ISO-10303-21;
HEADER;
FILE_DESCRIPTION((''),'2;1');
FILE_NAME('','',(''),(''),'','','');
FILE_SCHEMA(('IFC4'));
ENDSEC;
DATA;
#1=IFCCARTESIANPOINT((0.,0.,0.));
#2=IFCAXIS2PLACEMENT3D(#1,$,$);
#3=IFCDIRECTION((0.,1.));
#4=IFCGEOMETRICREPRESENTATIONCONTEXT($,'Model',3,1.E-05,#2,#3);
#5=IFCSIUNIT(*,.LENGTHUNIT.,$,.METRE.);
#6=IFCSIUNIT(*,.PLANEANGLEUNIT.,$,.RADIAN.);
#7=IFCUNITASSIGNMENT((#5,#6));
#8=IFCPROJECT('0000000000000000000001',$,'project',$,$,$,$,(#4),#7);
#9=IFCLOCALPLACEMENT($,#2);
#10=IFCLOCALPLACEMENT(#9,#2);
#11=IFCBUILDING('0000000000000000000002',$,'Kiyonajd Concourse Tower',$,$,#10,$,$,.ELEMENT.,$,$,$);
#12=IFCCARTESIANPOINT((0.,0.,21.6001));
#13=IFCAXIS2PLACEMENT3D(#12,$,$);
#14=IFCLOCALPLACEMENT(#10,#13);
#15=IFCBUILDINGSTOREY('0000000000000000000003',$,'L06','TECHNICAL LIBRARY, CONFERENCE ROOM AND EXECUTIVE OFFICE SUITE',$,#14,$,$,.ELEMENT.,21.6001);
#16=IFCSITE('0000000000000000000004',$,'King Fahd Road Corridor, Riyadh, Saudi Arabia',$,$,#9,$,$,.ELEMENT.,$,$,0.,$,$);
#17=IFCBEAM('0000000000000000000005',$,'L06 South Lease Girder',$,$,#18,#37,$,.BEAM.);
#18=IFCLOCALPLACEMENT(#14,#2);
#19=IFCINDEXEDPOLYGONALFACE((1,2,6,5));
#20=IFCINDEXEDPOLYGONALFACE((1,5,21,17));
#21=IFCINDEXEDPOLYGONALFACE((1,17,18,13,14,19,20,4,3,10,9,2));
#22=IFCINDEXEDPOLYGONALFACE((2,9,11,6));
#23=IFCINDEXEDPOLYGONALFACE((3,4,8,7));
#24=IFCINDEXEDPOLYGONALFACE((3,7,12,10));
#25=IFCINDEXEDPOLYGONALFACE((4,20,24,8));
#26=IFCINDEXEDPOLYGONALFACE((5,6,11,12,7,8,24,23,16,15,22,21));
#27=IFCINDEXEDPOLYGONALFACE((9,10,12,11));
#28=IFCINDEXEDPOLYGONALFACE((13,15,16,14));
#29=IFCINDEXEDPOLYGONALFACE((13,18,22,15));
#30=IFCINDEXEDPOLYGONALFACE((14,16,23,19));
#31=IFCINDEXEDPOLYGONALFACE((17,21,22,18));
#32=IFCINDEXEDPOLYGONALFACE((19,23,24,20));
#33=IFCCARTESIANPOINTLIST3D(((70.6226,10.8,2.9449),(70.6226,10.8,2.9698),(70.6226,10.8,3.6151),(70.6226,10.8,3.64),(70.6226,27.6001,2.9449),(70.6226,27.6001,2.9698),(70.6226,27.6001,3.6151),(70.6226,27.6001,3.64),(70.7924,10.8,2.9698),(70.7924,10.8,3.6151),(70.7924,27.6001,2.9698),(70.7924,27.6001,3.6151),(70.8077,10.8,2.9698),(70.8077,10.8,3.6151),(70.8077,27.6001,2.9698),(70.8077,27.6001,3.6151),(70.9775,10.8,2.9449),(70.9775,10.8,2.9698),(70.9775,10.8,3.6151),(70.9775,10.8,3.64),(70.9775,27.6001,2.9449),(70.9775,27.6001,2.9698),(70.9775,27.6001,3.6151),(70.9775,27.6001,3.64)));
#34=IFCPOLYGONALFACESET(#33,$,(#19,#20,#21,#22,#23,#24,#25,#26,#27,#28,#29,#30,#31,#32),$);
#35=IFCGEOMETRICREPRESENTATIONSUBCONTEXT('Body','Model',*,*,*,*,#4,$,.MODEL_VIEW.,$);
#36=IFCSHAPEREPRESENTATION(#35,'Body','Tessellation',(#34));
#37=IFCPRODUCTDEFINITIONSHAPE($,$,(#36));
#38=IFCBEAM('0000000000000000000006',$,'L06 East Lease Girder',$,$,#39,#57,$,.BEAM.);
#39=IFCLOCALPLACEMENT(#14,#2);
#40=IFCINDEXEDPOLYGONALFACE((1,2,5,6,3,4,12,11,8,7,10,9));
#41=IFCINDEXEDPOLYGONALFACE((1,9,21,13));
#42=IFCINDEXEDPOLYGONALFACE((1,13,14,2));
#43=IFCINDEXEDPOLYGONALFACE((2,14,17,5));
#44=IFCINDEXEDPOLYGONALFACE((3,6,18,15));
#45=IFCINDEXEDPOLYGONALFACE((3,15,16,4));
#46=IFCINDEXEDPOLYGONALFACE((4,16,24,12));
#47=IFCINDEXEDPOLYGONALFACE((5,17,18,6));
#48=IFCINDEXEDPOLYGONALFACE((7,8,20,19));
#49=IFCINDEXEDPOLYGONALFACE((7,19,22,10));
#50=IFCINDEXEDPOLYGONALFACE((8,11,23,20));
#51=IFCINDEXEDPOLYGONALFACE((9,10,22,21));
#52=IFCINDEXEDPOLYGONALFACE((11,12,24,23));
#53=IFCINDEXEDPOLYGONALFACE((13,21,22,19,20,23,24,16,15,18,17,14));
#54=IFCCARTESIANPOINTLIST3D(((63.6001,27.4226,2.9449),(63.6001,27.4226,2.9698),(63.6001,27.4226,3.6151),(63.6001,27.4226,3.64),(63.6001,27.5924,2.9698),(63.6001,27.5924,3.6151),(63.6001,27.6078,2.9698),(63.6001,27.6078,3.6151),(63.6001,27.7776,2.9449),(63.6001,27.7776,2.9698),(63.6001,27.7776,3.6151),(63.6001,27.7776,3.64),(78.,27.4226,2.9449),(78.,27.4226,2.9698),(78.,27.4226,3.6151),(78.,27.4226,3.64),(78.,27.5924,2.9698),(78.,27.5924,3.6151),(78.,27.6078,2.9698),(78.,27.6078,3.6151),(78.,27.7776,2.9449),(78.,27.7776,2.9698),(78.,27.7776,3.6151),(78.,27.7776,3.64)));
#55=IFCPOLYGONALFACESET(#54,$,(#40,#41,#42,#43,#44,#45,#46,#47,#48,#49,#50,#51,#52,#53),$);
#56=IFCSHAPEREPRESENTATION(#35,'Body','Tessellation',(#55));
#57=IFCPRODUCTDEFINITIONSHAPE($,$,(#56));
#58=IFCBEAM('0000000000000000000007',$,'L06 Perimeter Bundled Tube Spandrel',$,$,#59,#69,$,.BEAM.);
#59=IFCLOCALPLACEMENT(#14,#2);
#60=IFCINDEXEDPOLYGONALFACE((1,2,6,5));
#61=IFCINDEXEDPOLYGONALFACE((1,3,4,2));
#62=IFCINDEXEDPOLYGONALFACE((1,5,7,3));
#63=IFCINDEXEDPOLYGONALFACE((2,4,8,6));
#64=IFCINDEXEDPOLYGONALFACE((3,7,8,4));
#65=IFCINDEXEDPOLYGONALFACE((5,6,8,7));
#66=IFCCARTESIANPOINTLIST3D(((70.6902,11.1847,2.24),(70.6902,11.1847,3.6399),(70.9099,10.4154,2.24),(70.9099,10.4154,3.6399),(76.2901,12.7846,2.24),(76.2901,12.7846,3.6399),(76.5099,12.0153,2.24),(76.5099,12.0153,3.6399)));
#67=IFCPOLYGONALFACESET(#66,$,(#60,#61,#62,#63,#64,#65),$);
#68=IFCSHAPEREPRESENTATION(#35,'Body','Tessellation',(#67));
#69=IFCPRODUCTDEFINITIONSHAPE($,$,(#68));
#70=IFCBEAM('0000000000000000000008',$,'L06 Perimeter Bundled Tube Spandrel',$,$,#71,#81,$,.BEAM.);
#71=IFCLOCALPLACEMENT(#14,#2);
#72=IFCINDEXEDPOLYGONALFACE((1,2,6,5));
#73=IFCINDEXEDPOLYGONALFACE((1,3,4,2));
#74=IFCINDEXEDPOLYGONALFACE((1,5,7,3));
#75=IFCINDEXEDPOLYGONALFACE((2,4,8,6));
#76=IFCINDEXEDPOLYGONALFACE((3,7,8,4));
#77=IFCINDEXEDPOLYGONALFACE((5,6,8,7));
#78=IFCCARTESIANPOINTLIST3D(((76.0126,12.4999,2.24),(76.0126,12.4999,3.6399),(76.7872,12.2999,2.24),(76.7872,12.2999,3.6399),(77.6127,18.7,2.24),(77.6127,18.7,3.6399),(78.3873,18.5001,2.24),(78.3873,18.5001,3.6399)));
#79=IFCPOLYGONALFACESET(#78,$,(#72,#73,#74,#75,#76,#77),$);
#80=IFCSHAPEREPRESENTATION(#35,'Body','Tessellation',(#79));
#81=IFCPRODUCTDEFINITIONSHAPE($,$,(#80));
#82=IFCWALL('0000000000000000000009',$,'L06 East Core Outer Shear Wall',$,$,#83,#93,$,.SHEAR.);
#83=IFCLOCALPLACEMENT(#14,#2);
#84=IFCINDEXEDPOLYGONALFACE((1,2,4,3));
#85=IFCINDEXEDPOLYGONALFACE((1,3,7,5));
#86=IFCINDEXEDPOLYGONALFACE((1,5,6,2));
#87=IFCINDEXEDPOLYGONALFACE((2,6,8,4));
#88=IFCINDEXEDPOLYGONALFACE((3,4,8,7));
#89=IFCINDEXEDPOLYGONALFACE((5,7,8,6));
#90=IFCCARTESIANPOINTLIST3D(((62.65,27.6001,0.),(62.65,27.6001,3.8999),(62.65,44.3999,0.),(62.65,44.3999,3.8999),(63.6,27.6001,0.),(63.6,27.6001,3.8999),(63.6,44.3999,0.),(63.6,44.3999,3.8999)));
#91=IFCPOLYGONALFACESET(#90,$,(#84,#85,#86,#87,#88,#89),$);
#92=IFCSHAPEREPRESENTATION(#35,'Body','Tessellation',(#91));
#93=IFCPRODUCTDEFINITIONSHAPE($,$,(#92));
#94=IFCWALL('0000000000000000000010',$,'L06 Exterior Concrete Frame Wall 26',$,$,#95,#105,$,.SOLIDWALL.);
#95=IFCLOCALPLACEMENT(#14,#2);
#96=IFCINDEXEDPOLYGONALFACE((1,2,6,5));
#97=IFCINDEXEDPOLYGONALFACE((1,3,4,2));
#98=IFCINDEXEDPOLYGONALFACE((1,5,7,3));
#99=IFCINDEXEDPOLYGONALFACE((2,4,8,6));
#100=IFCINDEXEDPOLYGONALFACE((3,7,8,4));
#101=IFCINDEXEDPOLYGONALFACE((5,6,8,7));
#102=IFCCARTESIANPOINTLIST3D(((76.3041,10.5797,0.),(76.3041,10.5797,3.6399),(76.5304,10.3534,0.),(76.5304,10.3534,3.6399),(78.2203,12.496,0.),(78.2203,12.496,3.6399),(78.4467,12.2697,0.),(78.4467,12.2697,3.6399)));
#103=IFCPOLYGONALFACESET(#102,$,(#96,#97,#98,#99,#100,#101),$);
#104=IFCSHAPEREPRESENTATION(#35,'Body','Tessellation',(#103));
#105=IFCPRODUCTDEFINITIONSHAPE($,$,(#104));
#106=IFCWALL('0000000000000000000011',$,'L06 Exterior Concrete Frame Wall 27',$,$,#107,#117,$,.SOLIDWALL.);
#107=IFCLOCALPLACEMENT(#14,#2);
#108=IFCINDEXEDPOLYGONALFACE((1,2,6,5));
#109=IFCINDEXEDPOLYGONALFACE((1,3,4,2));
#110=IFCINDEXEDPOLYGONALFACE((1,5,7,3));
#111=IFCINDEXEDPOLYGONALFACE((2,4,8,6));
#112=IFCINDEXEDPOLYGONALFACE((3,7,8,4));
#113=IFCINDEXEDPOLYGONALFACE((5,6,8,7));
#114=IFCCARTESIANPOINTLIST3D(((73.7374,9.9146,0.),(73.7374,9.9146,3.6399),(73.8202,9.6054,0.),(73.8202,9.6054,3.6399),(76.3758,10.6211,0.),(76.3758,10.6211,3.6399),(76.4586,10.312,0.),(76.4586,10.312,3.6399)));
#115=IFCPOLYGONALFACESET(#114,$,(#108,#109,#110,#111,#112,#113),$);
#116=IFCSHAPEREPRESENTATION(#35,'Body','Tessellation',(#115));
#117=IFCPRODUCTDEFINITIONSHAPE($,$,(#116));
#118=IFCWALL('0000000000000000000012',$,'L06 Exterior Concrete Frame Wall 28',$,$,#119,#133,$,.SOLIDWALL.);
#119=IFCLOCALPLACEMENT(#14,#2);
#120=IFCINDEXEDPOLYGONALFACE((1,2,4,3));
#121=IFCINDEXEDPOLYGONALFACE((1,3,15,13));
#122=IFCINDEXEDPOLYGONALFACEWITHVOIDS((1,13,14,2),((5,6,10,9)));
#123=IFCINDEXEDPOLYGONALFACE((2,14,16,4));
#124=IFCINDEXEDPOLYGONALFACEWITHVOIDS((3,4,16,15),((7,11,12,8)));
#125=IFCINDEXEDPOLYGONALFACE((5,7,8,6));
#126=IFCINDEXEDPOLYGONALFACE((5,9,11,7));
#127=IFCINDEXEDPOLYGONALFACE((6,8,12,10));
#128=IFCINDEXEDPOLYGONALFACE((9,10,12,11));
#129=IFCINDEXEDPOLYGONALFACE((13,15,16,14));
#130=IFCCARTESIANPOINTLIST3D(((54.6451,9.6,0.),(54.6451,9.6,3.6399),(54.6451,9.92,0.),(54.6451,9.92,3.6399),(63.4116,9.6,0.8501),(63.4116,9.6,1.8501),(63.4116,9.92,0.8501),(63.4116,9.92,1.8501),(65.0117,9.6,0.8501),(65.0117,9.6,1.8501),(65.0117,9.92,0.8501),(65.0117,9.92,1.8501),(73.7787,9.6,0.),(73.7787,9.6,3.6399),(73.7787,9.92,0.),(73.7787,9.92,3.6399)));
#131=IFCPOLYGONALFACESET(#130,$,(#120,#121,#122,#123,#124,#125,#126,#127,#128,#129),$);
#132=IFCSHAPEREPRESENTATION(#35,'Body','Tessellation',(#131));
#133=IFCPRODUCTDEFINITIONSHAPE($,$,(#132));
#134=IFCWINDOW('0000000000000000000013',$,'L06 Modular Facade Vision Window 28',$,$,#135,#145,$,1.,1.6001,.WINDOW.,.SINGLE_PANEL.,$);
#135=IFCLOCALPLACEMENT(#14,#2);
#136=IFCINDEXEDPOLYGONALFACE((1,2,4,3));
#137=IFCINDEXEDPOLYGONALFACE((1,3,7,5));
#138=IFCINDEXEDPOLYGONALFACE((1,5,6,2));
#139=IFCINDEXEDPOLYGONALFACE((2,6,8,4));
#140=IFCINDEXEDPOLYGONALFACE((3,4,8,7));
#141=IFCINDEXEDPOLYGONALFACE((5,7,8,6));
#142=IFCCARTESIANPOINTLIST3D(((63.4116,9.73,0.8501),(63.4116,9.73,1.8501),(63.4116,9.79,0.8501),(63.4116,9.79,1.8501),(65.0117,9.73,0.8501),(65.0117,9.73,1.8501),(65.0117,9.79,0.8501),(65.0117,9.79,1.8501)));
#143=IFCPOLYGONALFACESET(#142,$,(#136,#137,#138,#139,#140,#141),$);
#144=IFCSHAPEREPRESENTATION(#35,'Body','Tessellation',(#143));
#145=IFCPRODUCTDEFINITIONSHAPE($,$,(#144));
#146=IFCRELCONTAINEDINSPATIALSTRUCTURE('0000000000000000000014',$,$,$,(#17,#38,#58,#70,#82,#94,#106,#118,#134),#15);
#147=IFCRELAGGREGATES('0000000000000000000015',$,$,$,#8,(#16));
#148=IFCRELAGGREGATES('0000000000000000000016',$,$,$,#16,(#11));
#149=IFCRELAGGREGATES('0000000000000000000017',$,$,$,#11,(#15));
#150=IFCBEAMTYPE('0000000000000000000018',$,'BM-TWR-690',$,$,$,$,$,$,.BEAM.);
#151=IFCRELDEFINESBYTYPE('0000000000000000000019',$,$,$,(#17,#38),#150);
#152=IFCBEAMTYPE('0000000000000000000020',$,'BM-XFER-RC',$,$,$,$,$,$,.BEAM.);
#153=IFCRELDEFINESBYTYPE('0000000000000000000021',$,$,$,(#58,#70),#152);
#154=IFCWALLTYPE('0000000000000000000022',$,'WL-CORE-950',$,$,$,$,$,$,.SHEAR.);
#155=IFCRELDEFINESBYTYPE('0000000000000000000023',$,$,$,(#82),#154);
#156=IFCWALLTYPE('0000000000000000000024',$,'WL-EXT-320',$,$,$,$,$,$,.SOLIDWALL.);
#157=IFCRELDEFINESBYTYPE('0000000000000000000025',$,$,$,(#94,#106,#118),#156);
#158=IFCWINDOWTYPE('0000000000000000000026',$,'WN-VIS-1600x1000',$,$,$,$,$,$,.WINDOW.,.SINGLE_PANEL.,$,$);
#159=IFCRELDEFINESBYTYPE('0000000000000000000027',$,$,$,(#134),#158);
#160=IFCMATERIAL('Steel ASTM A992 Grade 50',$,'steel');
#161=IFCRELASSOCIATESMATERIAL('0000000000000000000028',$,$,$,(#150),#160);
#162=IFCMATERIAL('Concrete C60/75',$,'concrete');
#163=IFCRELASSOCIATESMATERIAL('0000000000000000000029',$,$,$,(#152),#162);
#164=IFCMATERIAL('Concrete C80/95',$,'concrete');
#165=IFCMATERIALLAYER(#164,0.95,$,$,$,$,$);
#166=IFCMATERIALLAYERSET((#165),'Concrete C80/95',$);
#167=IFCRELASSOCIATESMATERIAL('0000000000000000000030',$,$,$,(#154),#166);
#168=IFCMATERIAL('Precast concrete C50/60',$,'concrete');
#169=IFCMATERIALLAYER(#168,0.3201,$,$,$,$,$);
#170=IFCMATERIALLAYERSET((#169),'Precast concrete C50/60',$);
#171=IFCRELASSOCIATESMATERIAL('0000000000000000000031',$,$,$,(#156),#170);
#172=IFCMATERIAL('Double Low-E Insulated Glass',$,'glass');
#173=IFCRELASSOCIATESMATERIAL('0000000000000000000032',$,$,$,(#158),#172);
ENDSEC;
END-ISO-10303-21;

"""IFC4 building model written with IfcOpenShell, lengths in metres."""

from ifc_helpers import new_model, si_unit, direction, frame, frame_2d, origin, origin_2d, place, context, subcontext, project, spatial, rectangle, i_section, extrude, material, layer, layer_set, material_profile, profile_set, type_object, element, fill, save


model = new_model("IFC4")

# Units and contexts
model_context = context("Model", 3, precision=1e-05, world=origin(), true_north=direction((0.0, 1.0)))
body_context = subcontext(model_context, "Body", "Model", "MODEL_VIEW")
ifc_project = project(units=[si_unit("LENGTHUNIT", "METRE"), si_unit("PLANEANGLEUNIT", "RADIAN")], contexts=[model_context])

# Site, building, storey
site_placement = place(None, origin())
site = spatial("IfcSite", under=ifc_project, at=site_placement, Name="King Fahd Road Corridor, Riyadh, Saudi Arabia", CompositionType="ELEMENT", RefElevation=0.0)
building_placement = place(site_placement, origin())
building = spatial("IfcBuilding", under=site, at=building_placement, Name="Kiyonajd Concourse Tower", CompositionType="ELEMENT")
storey_placement = place(building_placement, frame((0.0, 0.0, 21.6001)))
storey = spatial("IfcBuildingStorey", under=building, at=storey_placement, Name="L06", Description="TECHNICAL LIBRARY, CONFERENCE ROOM AND EXECUTIVE OFFICE SUITE", CompositionType="ELEMENT", Elevation=21.6001)

# Shared definitions
ifc_material_1 = material(Name="Concrete C80/95", Category="concrete")

# Beams
ifc_material_2 = material(Name="Steel ASTM A992 Grade 50", Category="steel")
ifc_material_3 = material(Name="Precast concrete C50/60", Category="concrete")
ifc_material_profile_1 = material_profile(ifc_material_2, i_section(OverallWidth=0.355, OverallDepth=0.6951, WebThickness=0.0154, FlangeThickness=0.0249, at=origin_2d()), Name="W690X217")
ifc_profile_set_1 = profile_set([ifc_material_profile_1], Name="Steel ASTM A992 Grade 50")
beam_type_1 = type_object("IfcBeamType", Name="BM-TWR-690", PredefinedType="BEAM", material=ifc_profile_set_1)
for number, where, z_axis, x_axis, name in (
    (1, (70.8, 10.8, 3.2925), (0.0, 1.0, 0.0), (-1.0, 0.0, 0.0), "L06 South Lease Girder"),
):
    element("IfcBeam", number, at=place(storey_placement, frame(where, z_axis=z_axis, x_axis=x_axis)), inside=storey, type_object=beam_type_1, Name=name, PredefinedType="BEAM", context=body_context, shape_type="SweptSolid", body=[
        extrude(i_section(OverallWidth=0.355, OverallDepth=0.6951, WebThickness=0.0154, FlangeThickness=0.0249, at=origin_2d()), origin(), (0.0, 0.0, 1.0), 16.8),
    ])
beam_1_placement = place(storey_placement, frame((63.6001, 27.6001, 3.2925), z_axis=(1.0, 0.0, 0.0), x_axis=(0.0, 1.0, 0.0)))
element("IfcBeam", 2, at=beam_1_placement, inside=storey, type_object=beam_type_1, Name="L06 East Lease Girder", PredefinedType="BEAM", context=body_context, shape_type="SweptSolid", body=[
    extrude(i_section(OverallWidth=0.355, OverallDepth=0.6951, WebThickness=0.0154, FlangeThickness=0.0249, at=origin_2d()), origin(), (0.0, 0.0, 1.0), 14.3999),
])
ifc_material_4 = material(Name="Concrete C60/75", Category="concrete")
ifc_material_profile_2 = material_profile(ifc_material_4, rectangle(XDim=0.8, YDim=1.3999, at=origin_2d()), Name="RCBM-800x1400")
ifc_profile_set_2 = profile_set([ifc_material_profile_2], Name="Concrete C60/75")
beam_type_2 = type_object("IfcBeamType", Name="BM-XFER-RC", PredefinedType="BEAM", material=ifc_profile_set_2)
beam_2_placement = place(storey_placement, frame((70.8, 10.8, 2.9399), z_axis=(0.961529, 0.274705, 0.0), x_axis=(-0.274705, 0.961529, 0.0)))
element("IfcBeam", 3, at=beam_2_placement, inside=storey, type_object=beam_type_2, Name="L06 Perimeter Bundled Tube Spandrel", PredefinedType="BEAM", context=body_context, shape_type="SweptSolid", body=[
    extrude(rectangle(XDim=0.8, YDim=1.3999, at=origin_2d()), origin(), (0.0, 0.0, 1.0), 5.824),
])
beam_3_placement = place(storey_placement, frame((76.3999, 12.3999, 2.9399), z_axis=(0.249885, 0.968276, 0.0), x_axis=(-0.968276, 0.249885, 0.0)))
element("IfcBeam", 4, at=beam_3_placement, inside=storey, type_object=beam_type_2, Name="L06 Perimeter Bundled Tube Spandrel", PredefinedType="BEAM", context=body_context, shape_type="SweptSolid", body=[
    extrude(rectangle(XDim=0.8, YDim=1.3999, at=origin_2d()), origin(), (0.0, 0.0, 1.0), 6.4033),
])

# Walls
ifc_layer_1 = layer(ifc_material_1, 0.95)
ifc_layer_set_1 = layer_set([ifc_layer_1], Name="Concrete C80/95")
wall_type_1 = type_object("IfcWallType", Name="WL-CORE-950", PredefinedType="SHEAR", material=ifc_layer_set_1)
wall_1_placement = place(storey_placement, frame((63.125, 27.6001, 0.0), z_axis=(0.0, 0.0, 1.0), x_axis=(0.0, 1.0, 0.0)))
element("IfcWall", 5, at=wall_1_placement, inside=storey, type_object=wall_type_1, Name="L06 East Core Outer Shear Wall", PredefinedType="SHEAR", context=body_context, shape_type="SweptSolid", body=[
    extrude(rectangle(XDim=16.7998, YDim=0.95, at=frame_2d((8.3999, 0.0))), origin(), (0.0, 0.0, 1.0), 3.8999),
])
ifc_layer_2 = layer(ifc_material_3, 0.3201)
ifc_layer_set_2 = layer_set([ifc_layer_2], Name="Precast concrete C50/60")
wall_type_2 = type_object("IfcWallType", Name="WL-EXT-320", PredefinedType="SOLIDWALL", material=ifc_layer_set_2)
wall_2_placement = place(storey_placement, frame((78.3335, 12.3828, 0.0), z_axis=(0.0, 0.0, 1.0), x_axis=(-0.707107, -0.707107, 0.0)))
element("IfcWall", 6, at=wall_2_placement, inside=storey, type_object=wall_type_2, Name="L06 Exterior Concrete Frame Wall 26", PredefinedType="SOLIDWALL", context=body_context, shape_type="SweptSolid", body=[
    extrude(rectangle(XDim=2.71, YDim=0.3201, at=frame_2d((1.355, 0.0))), origin(), (0.0, 0.0, 1.0), 3.6399),
])
wall_3_placement = place(storey_placement, frame((76.4172, 10.4666, 0.0), z_axis=(0.0, 0.0, 1.0), x_axis=(-0.965964, -0.258675, 0.0)))
element("IfcWall", 7, at=wall_3_placement, inside=storey, type_object=wall_type_2, Name="L06 Exterior Concrete Frame Wall 27", PredefinedType="SOLIDWALL", context=body_context, shape_type="SweptSolid", body=[
    extrude(rectangle(XDim=2.7314, YDim=0.3201, at=frame_2d((1.3657, 0.0))), origin(), (0.0, 0.0, 1.0), 3.6399),
])

# Wall, opening, window
wall_4_placement = place(storey_placement, frame((73.7788, 9.76, 0.0), z_axis=(0.0, 0.0, 1.0), x_axis=(-1.0, 0.0, 0.0)))
wall_4 = element("IfcWall", 8, at=wall_4_placement, inside=storey, type_object=wall_type_2, Name="L06 Exterior Concrete Frame Wall 28", PredefinedType="SOLIDWALL", context=body_context, shape_type="SweptSolid", body=[
    extrude(rectangle(XDim=19.1335, YDim=0.3201, at=frame_2d((9.5669, 0.0))), origin(), (0.0, 0.0, 1.0), 3.6399),
])
opening_1_placement = place(wall_4_placement, frame((8.7671, 0.0, 0.8501)))
opening_1 = element("IfcOpeningElement", 9, at=opening_1_placement, cuts=wall_4, PredefinedType="OPENING", context=body_context, shape_type="SweptSolid", body=[
    extrude(rectangle(XDim=1.6001, YDim=1.0, at=frame_2d((0.8, 0.5))), frame((0.0, 0.1699, 0.0), z_axis=(0.0, -1.0, 0.0), x_axis=(1.0, 0.0, 0.0)), (0.0, 0.0, 1.0), 0.3401),
])
ifc_material_5 = material(Name="Double Low-E Insulated Glass", Category="glass")
window_type = type_object("IfcWindowType", Name="WN-VIS-1600x1000", PartitioningType="SINGLE_PANEL", PredefinedType="WINDOW", material=ifc_material_5)
window_placement = place(opening_1_placement, origin())
window = element("IfcWindow", 10, at=window_placement, inside=storey, type_object=window_type, Name="L06 Modular Facade Vision Window 28", OverallHeight=1.0, OverallWidth=1.6001, PartitioningType="SINGLE_PANEL", PredefinedType="WINDOW", context=body_context, shape_type="SweptSolid", body=[
    extrude(rectangle(XDim=1.6001, YDim=1.0, at=frame_2d((0.8, 0.5))), frame((0.0, 0.03, 0.0), z_axis=(0.0, -1.0, 0.0), x_axis=(1.0, 0.0, 0.0)), (0.0, 0.0, 1.0), 0.0601),
])
fill(opening_1, window)

save(model, "model.ifc")
